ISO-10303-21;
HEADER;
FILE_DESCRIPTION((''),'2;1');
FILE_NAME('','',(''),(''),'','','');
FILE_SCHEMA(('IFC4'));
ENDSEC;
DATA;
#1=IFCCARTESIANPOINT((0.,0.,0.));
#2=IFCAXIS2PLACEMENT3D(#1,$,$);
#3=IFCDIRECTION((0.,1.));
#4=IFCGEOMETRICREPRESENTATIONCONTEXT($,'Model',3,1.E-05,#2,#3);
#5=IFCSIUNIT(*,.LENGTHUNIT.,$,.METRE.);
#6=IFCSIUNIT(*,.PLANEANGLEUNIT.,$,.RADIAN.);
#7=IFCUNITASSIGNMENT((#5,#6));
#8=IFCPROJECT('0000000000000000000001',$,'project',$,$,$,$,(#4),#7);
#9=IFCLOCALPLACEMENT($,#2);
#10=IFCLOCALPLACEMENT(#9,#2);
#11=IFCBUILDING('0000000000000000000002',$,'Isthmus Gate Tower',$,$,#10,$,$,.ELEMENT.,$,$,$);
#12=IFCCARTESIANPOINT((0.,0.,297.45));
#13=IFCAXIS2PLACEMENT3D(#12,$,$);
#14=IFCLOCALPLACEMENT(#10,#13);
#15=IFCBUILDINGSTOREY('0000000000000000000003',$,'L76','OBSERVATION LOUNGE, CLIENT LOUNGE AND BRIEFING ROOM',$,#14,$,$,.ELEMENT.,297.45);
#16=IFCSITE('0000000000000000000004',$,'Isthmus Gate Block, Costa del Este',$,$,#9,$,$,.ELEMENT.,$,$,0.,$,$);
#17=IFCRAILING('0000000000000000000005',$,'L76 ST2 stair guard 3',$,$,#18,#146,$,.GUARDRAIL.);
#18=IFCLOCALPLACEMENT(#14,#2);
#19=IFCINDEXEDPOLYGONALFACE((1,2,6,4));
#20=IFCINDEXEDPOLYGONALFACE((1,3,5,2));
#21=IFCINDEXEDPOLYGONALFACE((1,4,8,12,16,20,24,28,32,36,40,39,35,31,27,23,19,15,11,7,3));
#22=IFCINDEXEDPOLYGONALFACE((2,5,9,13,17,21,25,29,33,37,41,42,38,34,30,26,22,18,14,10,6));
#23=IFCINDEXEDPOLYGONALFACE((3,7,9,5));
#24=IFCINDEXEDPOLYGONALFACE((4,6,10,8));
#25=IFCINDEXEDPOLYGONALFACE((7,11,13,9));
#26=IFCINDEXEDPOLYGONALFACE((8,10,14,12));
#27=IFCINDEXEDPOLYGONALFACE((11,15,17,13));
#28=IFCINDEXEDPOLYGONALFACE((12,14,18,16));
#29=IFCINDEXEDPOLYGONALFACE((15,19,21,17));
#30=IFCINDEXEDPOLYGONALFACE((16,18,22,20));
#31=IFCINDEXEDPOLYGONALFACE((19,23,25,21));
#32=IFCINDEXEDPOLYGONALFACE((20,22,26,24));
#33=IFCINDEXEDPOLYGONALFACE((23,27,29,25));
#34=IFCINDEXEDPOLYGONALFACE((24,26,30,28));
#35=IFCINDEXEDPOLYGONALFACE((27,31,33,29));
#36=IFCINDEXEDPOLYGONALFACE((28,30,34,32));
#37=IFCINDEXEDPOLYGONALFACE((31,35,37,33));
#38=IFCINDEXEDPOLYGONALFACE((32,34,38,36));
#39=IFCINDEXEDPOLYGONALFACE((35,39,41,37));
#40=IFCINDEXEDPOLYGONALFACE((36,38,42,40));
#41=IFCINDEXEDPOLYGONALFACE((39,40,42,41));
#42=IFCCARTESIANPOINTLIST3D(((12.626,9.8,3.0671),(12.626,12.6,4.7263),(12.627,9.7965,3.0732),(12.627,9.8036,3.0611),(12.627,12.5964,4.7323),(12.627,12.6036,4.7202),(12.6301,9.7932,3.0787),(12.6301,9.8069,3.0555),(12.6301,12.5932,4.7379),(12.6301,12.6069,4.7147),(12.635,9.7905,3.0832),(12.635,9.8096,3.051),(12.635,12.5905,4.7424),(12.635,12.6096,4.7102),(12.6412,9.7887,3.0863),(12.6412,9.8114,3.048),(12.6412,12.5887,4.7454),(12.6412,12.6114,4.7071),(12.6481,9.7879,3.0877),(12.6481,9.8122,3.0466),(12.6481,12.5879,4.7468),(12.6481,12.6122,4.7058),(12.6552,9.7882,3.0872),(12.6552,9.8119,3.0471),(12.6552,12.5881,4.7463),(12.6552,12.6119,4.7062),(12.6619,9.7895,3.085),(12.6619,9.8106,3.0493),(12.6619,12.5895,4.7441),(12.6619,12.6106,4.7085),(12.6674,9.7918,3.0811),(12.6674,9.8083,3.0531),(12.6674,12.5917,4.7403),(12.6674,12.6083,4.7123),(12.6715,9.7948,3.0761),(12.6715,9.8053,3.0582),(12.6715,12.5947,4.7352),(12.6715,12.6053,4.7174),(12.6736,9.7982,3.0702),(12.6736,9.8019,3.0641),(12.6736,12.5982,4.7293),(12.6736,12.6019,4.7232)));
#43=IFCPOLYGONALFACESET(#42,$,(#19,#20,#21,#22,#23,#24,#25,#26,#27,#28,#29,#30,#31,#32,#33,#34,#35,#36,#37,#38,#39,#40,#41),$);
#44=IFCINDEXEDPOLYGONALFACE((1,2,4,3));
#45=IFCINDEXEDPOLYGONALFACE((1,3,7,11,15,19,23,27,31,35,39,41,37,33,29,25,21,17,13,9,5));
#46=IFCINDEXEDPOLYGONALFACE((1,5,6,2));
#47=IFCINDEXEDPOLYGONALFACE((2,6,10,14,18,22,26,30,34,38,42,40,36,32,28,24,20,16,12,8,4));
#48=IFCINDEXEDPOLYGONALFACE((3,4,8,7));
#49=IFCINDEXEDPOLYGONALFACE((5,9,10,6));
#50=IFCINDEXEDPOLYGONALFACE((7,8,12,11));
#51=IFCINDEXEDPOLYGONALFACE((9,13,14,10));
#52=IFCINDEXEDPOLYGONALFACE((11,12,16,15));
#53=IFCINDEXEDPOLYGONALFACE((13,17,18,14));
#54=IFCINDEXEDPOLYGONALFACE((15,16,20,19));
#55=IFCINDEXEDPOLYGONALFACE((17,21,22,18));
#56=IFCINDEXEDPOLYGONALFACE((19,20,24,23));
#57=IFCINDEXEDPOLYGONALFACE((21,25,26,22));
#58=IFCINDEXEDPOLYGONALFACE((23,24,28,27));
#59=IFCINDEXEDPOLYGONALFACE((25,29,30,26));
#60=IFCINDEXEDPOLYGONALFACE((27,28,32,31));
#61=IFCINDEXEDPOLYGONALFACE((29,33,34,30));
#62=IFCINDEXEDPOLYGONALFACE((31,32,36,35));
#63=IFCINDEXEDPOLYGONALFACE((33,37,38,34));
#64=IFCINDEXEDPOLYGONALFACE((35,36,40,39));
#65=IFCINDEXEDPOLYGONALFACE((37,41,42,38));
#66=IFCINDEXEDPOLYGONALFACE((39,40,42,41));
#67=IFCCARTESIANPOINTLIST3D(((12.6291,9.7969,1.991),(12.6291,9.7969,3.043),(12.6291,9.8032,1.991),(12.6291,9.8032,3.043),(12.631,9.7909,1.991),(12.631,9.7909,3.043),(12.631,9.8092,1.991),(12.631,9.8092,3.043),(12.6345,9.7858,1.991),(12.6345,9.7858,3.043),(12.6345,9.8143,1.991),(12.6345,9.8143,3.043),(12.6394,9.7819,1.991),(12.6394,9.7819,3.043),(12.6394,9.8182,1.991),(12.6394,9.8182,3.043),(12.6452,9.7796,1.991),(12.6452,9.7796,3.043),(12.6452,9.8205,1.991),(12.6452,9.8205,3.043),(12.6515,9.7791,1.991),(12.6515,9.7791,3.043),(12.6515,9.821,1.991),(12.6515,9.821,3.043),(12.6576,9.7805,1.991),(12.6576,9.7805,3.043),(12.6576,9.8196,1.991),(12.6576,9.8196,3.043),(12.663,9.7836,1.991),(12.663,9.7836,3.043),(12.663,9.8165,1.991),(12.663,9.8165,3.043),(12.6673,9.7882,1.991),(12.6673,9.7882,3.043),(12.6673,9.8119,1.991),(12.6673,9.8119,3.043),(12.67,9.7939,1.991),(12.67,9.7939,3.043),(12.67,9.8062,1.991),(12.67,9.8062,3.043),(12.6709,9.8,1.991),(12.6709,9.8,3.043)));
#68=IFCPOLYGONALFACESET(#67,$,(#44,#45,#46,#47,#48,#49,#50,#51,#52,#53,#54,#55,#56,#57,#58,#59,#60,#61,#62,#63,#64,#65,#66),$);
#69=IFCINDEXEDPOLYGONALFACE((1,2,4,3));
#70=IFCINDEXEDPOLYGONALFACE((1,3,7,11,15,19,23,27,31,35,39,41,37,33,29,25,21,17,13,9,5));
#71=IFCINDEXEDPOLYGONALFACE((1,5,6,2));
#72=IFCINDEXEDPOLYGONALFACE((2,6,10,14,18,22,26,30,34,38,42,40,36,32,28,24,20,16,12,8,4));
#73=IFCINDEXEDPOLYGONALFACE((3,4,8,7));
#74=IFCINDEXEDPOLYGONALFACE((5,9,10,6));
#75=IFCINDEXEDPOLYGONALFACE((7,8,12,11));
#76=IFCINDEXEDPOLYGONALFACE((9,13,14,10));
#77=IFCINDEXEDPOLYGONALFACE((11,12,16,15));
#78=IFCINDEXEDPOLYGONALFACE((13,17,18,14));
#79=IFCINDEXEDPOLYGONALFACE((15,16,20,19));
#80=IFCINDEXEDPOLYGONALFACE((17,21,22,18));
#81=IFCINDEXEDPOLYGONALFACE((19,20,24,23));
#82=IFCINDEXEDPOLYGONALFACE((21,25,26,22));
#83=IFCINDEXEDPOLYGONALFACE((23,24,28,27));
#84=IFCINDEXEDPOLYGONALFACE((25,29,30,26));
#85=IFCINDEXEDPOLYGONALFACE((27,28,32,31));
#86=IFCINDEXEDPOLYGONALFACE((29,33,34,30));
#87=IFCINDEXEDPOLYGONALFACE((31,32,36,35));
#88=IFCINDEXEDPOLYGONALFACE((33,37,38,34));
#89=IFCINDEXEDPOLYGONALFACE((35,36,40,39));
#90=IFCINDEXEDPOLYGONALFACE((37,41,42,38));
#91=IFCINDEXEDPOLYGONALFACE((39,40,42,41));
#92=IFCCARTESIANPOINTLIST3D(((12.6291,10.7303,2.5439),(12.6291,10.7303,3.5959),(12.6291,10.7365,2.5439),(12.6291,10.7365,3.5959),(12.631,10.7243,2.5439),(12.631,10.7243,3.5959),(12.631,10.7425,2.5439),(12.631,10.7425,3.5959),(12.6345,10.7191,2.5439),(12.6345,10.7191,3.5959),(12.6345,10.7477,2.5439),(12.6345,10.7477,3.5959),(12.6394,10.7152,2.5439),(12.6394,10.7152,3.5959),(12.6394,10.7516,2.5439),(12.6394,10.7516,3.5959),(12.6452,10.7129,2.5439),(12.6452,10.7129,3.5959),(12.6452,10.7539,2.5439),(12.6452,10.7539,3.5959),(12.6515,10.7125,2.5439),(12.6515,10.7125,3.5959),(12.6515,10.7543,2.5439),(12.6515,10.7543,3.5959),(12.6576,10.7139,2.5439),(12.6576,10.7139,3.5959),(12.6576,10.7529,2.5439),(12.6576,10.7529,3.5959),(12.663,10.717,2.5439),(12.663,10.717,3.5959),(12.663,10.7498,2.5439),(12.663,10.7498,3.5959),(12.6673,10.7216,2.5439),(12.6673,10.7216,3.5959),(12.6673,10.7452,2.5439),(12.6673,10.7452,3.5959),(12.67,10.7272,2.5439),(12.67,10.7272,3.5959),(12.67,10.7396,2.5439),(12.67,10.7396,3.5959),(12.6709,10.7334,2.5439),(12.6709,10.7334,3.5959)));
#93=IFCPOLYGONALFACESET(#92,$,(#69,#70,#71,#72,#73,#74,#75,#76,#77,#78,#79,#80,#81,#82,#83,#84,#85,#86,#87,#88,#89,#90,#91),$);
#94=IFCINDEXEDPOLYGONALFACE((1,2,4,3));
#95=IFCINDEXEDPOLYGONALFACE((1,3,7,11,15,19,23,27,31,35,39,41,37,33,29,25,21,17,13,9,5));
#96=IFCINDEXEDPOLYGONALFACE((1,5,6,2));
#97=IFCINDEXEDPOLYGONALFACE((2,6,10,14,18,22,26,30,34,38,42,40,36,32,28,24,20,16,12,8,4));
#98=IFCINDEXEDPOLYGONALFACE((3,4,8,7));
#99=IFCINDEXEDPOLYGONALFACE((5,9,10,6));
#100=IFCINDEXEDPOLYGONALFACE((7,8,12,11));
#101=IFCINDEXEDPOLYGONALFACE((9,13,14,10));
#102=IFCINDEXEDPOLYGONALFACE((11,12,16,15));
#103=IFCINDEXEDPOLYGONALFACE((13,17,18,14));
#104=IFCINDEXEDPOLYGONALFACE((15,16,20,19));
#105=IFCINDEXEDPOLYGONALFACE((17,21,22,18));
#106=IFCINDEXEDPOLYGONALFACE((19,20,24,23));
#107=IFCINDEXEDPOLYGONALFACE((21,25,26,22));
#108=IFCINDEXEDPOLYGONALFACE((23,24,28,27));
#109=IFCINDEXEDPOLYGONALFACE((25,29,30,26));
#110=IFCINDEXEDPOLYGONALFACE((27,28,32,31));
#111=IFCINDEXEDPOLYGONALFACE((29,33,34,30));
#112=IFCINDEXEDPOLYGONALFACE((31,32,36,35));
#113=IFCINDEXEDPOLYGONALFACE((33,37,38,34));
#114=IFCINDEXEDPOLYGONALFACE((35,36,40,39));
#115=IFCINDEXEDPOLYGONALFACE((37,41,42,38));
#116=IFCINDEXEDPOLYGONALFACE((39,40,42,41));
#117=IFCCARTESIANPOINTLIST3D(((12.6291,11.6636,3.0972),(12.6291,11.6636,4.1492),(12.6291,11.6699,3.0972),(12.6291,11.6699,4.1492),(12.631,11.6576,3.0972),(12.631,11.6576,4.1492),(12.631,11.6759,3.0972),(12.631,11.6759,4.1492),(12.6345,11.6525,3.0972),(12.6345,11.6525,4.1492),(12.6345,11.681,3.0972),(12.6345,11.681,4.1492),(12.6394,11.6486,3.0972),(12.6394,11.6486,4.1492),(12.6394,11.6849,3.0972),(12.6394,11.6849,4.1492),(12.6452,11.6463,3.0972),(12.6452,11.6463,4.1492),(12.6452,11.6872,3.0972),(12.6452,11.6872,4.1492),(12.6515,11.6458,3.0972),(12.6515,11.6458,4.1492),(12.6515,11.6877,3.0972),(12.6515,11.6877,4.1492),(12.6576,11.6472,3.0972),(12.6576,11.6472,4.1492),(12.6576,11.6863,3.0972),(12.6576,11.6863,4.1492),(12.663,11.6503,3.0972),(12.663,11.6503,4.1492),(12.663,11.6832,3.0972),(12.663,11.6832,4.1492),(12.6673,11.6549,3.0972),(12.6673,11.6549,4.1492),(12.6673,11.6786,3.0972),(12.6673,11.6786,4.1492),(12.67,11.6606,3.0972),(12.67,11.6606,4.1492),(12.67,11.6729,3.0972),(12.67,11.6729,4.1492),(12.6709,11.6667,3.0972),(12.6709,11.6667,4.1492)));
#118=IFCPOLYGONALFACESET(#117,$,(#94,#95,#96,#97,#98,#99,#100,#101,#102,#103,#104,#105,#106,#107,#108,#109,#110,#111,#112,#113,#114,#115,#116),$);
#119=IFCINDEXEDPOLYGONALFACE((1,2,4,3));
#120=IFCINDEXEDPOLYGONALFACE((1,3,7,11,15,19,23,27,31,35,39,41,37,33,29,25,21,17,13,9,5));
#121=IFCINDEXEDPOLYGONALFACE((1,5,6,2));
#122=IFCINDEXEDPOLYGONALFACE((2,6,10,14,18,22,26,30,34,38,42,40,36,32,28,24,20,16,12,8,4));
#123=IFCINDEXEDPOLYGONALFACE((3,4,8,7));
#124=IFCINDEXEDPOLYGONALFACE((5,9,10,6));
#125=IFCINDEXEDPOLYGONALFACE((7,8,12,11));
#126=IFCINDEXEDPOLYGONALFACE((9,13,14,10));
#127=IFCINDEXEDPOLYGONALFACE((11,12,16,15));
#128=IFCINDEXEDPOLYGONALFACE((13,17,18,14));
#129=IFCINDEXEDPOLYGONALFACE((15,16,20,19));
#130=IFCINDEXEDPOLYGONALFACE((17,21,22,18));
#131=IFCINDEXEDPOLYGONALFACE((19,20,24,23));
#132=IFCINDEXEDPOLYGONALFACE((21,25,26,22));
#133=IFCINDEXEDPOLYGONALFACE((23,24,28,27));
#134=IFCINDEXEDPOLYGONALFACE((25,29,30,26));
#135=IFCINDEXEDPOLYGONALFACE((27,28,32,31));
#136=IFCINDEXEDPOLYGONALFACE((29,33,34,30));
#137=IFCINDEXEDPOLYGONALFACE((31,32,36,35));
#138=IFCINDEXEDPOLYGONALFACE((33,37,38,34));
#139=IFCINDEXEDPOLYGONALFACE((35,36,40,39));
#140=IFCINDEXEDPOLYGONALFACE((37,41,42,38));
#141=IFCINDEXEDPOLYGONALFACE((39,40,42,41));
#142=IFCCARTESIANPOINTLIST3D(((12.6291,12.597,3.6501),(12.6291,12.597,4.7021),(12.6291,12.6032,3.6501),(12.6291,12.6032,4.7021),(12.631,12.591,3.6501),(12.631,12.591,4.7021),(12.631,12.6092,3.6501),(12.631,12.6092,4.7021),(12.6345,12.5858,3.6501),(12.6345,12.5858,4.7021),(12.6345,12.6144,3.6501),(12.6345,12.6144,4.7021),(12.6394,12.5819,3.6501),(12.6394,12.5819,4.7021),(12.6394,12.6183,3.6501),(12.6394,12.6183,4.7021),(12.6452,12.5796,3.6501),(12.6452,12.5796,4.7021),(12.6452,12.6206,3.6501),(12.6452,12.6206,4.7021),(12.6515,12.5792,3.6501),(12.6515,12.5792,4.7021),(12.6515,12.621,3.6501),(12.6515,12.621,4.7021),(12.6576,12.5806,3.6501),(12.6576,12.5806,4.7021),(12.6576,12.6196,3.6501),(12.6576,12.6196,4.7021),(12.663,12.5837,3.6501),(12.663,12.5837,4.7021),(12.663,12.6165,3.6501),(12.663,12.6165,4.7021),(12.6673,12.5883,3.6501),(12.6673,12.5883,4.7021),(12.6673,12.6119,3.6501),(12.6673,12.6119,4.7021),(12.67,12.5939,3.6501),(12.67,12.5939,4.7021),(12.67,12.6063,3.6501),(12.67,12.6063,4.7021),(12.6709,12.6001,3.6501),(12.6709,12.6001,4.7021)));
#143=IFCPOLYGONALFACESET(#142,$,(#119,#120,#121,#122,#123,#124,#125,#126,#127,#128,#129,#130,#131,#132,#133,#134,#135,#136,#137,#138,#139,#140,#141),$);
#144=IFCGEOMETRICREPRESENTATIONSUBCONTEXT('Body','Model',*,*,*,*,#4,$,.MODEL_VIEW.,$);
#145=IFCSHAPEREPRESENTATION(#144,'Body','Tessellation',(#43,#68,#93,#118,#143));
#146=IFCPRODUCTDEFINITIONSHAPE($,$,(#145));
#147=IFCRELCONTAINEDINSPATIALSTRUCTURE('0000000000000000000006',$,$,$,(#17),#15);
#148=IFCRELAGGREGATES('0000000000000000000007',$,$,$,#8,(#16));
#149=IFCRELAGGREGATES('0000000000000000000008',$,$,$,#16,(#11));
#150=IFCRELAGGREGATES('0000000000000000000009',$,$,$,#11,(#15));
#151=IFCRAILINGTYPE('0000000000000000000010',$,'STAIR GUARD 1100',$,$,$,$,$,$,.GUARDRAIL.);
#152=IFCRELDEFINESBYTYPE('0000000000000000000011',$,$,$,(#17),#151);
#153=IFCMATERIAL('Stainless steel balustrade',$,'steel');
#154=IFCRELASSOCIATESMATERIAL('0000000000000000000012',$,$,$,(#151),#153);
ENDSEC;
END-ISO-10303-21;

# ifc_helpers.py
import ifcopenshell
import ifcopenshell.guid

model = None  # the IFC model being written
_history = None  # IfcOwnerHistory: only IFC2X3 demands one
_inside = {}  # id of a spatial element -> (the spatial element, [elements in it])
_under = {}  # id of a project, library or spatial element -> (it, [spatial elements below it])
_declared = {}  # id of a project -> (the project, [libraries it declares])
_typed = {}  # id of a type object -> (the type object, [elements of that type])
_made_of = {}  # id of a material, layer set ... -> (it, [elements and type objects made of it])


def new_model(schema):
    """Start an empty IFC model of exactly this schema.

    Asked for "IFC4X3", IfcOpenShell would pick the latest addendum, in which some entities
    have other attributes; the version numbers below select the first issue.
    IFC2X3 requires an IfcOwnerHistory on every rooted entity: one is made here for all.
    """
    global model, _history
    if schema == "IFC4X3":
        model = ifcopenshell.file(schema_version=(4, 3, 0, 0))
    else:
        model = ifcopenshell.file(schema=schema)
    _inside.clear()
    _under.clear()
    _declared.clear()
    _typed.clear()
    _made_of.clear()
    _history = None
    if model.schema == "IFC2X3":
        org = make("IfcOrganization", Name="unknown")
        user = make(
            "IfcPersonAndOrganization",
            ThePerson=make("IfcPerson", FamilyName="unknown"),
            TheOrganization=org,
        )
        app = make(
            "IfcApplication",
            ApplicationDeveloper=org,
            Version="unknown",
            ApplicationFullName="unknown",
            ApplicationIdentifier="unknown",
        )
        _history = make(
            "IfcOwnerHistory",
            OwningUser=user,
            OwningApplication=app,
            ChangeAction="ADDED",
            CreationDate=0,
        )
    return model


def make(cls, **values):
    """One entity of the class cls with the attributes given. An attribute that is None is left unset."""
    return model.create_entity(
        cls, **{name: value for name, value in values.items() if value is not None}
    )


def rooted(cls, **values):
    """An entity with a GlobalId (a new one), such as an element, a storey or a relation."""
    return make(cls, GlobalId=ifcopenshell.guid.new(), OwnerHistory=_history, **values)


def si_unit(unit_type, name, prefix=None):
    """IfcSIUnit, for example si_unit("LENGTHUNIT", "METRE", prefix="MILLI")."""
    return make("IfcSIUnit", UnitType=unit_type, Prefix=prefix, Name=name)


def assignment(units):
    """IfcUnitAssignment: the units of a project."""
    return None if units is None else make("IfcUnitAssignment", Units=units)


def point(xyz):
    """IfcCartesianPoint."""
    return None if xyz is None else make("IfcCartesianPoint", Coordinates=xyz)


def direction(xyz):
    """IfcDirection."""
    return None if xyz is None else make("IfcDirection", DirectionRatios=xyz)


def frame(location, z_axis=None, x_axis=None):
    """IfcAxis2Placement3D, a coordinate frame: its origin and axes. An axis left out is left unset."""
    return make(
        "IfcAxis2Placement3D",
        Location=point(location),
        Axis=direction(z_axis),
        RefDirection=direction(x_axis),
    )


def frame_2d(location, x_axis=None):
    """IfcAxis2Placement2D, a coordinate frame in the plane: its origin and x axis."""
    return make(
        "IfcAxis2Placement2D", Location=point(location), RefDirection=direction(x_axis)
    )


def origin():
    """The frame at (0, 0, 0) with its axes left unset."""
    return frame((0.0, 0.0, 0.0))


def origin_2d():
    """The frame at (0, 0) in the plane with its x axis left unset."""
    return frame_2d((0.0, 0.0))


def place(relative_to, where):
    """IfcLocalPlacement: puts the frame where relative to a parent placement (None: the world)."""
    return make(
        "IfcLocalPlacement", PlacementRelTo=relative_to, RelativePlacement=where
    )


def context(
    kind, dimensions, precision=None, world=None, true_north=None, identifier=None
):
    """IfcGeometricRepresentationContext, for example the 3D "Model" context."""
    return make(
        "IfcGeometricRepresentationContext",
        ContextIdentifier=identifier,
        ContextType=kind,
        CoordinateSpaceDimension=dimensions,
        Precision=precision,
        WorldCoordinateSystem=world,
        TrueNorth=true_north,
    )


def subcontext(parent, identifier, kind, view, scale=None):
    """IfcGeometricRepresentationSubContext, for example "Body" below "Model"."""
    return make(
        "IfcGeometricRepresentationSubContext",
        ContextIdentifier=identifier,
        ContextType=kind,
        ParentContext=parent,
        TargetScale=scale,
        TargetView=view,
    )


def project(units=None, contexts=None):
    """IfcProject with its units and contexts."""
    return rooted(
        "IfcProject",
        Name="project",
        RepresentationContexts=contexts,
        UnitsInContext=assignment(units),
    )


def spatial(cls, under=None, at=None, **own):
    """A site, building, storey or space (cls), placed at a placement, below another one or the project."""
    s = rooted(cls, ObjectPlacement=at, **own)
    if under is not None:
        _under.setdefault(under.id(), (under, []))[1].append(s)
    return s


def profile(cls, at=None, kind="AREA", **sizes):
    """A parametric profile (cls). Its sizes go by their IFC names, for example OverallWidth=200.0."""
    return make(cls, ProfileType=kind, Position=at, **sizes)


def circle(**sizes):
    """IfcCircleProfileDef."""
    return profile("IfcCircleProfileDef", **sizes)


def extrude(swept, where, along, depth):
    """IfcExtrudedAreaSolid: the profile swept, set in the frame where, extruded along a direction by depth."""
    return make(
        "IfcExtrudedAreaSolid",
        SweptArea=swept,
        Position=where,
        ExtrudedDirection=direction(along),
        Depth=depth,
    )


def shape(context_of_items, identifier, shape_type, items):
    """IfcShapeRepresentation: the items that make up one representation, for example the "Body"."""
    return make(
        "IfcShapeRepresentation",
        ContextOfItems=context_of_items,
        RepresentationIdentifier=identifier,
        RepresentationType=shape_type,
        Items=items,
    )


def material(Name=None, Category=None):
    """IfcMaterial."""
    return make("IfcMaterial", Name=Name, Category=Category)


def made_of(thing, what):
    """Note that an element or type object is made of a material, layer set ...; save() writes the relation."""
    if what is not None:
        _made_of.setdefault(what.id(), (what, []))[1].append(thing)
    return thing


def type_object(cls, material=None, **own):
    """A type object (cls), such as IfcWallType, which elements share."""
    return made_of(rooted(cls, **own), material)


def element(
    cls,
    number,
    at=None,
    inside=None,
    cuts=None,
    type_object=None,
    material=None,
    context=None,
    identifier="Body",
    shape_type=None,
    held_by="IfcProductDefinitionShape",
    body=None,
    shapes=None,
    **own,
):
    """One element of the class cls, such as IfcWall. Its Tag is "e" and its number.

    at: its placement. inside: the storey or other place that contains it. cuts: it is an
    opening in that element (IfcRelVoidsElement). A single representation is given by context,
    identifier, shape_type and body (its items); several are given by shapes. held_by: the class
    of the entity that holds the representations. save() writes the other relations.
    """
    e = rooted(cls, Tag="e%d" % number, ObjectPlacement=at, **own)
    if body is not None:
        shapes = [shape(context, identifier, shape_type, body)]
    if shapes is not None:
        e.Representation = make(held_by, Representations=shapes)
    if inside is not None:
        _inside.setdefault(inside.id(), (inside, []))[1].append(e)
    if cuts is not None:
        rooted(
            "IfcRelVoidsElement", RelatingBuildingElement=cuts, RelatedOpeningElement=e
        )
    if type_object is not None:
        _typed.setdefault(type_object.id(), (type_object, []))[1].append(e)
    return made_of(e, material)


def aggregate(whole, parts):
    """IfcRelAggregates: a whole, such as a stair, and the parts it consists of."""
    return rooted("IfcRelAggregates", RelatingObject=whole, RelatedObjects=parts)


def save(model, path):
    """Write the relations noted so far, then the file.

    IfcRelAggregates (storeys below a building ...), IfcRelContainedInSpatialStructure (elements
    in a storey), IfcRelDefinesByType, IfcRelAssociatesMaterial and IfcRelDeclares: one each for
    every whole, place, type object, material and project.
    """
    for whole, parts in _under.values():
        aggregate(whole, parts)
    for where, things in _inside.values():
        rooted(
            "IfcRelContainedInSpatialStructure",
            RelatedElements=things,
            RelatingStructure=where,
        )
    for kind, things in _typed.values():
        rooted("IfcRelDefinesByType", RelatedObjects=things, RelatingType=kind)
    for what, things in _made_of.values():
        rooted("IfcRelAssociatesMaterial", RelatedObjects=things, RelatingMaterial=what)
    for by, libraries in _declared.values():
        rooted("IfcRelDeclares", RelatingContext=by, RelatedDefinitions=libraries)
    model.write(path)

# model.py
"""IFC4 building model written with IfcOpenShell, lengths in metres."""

from ifc_helpers import new_model, si_unit, direction, frame, origin, origin_2d, place, context, subcontext, project, spatial, circle, extrude, material, type_object, element, save


model = new_model("IFC4")

# Units and contexts
model_context = context("Model", 3, precision=1e-05, world=origin(), true_north=direction((0.0, 1.0)))
body_context = subcontext(model_context, "Body", "Model", "MODEL_VIEW")
ifc_project = project(units=[si_unit("LENGTHUNIT", "METRE"), si_unit("PLANEANGLEUNIT", "RADIAN")], contexts=[model_context])

# Site, building, storey
site_placement = place(None, origin())
site = spatial("IfcSite", under=ifc_project, at=site_placement, Name="Isthmus Gate Block, Costa del Este", CompositionType="ELEMENT", RefElevation=0.0)
building_placement = place(site_placement, origin())
building = spatial("IfcBuilding", under=site, at=building_placement, Name="Isthmus Gate Tower", CompositionType="ELEMENT")
storey_placement = place(building_placement, frame((0.0, 0.0, 297.45)))
storey = spatial("IfcBuildingStorey", under=building, at=storey_placement, Name="L76", Description="OBSERVATION LOUNGE, CLIENT LOUNGE AND BRIEFING ROOM", CompositionType="ELEMENT", Elevation=297.45)

# Railing
ifc_material_1 = material(Name="Stainless steel balustrade", Category="steel")
railing_type_1 = type_object("IfcRailingType", Name="STAIR GUARD 1100", PredefinedType="GUARDRAIL", material=ifc_material_1)
railing_1_placement = place(storey_placement, frame((12.6499, 9.8, 1.991)))
element("IfcRailing", 1, at=railing_1_placement, inside=storey, type_object=railing_type_1, Name="L76 ST2 stair guard 3", PredefinedType="GUARDRAIL", context=body_context, shape_type="SweptSolid", body=[
    extrude(circle(Radius=0.0239, at=origin_2d()), frame((0.0, 0.0, 1.0762), z_axis=(0.0, 0.860306, 0.509778), x_axis=(-1.0, 0.0, 0.0)), (0.0, 0.0, 1.0), 3.2546),
    extrude(circle(Radius=0.021, at=origin_2d()), origin(), (0.0, 0.0, 1.0), 1.052),
    extrude(circle(Radius=0.021, at=origin_2d()), frame((0.0, 0.9333, 0.553)), (0.0, 0.0, 1.0), 1.052),
    extrude(circle(Radius=0.021, at=origin_2d()), frame((0.0, 1.8667, 1.1062)), (0.0, 0.0, 1.0), 1.052),
    extrude(circle(Radius=0.021, at=origin_2d()), frame((0.0, 2.8, 1.6592)), (0.0, 0.0, 1.0), 1.052),
])

save(model, "model.ifc")
